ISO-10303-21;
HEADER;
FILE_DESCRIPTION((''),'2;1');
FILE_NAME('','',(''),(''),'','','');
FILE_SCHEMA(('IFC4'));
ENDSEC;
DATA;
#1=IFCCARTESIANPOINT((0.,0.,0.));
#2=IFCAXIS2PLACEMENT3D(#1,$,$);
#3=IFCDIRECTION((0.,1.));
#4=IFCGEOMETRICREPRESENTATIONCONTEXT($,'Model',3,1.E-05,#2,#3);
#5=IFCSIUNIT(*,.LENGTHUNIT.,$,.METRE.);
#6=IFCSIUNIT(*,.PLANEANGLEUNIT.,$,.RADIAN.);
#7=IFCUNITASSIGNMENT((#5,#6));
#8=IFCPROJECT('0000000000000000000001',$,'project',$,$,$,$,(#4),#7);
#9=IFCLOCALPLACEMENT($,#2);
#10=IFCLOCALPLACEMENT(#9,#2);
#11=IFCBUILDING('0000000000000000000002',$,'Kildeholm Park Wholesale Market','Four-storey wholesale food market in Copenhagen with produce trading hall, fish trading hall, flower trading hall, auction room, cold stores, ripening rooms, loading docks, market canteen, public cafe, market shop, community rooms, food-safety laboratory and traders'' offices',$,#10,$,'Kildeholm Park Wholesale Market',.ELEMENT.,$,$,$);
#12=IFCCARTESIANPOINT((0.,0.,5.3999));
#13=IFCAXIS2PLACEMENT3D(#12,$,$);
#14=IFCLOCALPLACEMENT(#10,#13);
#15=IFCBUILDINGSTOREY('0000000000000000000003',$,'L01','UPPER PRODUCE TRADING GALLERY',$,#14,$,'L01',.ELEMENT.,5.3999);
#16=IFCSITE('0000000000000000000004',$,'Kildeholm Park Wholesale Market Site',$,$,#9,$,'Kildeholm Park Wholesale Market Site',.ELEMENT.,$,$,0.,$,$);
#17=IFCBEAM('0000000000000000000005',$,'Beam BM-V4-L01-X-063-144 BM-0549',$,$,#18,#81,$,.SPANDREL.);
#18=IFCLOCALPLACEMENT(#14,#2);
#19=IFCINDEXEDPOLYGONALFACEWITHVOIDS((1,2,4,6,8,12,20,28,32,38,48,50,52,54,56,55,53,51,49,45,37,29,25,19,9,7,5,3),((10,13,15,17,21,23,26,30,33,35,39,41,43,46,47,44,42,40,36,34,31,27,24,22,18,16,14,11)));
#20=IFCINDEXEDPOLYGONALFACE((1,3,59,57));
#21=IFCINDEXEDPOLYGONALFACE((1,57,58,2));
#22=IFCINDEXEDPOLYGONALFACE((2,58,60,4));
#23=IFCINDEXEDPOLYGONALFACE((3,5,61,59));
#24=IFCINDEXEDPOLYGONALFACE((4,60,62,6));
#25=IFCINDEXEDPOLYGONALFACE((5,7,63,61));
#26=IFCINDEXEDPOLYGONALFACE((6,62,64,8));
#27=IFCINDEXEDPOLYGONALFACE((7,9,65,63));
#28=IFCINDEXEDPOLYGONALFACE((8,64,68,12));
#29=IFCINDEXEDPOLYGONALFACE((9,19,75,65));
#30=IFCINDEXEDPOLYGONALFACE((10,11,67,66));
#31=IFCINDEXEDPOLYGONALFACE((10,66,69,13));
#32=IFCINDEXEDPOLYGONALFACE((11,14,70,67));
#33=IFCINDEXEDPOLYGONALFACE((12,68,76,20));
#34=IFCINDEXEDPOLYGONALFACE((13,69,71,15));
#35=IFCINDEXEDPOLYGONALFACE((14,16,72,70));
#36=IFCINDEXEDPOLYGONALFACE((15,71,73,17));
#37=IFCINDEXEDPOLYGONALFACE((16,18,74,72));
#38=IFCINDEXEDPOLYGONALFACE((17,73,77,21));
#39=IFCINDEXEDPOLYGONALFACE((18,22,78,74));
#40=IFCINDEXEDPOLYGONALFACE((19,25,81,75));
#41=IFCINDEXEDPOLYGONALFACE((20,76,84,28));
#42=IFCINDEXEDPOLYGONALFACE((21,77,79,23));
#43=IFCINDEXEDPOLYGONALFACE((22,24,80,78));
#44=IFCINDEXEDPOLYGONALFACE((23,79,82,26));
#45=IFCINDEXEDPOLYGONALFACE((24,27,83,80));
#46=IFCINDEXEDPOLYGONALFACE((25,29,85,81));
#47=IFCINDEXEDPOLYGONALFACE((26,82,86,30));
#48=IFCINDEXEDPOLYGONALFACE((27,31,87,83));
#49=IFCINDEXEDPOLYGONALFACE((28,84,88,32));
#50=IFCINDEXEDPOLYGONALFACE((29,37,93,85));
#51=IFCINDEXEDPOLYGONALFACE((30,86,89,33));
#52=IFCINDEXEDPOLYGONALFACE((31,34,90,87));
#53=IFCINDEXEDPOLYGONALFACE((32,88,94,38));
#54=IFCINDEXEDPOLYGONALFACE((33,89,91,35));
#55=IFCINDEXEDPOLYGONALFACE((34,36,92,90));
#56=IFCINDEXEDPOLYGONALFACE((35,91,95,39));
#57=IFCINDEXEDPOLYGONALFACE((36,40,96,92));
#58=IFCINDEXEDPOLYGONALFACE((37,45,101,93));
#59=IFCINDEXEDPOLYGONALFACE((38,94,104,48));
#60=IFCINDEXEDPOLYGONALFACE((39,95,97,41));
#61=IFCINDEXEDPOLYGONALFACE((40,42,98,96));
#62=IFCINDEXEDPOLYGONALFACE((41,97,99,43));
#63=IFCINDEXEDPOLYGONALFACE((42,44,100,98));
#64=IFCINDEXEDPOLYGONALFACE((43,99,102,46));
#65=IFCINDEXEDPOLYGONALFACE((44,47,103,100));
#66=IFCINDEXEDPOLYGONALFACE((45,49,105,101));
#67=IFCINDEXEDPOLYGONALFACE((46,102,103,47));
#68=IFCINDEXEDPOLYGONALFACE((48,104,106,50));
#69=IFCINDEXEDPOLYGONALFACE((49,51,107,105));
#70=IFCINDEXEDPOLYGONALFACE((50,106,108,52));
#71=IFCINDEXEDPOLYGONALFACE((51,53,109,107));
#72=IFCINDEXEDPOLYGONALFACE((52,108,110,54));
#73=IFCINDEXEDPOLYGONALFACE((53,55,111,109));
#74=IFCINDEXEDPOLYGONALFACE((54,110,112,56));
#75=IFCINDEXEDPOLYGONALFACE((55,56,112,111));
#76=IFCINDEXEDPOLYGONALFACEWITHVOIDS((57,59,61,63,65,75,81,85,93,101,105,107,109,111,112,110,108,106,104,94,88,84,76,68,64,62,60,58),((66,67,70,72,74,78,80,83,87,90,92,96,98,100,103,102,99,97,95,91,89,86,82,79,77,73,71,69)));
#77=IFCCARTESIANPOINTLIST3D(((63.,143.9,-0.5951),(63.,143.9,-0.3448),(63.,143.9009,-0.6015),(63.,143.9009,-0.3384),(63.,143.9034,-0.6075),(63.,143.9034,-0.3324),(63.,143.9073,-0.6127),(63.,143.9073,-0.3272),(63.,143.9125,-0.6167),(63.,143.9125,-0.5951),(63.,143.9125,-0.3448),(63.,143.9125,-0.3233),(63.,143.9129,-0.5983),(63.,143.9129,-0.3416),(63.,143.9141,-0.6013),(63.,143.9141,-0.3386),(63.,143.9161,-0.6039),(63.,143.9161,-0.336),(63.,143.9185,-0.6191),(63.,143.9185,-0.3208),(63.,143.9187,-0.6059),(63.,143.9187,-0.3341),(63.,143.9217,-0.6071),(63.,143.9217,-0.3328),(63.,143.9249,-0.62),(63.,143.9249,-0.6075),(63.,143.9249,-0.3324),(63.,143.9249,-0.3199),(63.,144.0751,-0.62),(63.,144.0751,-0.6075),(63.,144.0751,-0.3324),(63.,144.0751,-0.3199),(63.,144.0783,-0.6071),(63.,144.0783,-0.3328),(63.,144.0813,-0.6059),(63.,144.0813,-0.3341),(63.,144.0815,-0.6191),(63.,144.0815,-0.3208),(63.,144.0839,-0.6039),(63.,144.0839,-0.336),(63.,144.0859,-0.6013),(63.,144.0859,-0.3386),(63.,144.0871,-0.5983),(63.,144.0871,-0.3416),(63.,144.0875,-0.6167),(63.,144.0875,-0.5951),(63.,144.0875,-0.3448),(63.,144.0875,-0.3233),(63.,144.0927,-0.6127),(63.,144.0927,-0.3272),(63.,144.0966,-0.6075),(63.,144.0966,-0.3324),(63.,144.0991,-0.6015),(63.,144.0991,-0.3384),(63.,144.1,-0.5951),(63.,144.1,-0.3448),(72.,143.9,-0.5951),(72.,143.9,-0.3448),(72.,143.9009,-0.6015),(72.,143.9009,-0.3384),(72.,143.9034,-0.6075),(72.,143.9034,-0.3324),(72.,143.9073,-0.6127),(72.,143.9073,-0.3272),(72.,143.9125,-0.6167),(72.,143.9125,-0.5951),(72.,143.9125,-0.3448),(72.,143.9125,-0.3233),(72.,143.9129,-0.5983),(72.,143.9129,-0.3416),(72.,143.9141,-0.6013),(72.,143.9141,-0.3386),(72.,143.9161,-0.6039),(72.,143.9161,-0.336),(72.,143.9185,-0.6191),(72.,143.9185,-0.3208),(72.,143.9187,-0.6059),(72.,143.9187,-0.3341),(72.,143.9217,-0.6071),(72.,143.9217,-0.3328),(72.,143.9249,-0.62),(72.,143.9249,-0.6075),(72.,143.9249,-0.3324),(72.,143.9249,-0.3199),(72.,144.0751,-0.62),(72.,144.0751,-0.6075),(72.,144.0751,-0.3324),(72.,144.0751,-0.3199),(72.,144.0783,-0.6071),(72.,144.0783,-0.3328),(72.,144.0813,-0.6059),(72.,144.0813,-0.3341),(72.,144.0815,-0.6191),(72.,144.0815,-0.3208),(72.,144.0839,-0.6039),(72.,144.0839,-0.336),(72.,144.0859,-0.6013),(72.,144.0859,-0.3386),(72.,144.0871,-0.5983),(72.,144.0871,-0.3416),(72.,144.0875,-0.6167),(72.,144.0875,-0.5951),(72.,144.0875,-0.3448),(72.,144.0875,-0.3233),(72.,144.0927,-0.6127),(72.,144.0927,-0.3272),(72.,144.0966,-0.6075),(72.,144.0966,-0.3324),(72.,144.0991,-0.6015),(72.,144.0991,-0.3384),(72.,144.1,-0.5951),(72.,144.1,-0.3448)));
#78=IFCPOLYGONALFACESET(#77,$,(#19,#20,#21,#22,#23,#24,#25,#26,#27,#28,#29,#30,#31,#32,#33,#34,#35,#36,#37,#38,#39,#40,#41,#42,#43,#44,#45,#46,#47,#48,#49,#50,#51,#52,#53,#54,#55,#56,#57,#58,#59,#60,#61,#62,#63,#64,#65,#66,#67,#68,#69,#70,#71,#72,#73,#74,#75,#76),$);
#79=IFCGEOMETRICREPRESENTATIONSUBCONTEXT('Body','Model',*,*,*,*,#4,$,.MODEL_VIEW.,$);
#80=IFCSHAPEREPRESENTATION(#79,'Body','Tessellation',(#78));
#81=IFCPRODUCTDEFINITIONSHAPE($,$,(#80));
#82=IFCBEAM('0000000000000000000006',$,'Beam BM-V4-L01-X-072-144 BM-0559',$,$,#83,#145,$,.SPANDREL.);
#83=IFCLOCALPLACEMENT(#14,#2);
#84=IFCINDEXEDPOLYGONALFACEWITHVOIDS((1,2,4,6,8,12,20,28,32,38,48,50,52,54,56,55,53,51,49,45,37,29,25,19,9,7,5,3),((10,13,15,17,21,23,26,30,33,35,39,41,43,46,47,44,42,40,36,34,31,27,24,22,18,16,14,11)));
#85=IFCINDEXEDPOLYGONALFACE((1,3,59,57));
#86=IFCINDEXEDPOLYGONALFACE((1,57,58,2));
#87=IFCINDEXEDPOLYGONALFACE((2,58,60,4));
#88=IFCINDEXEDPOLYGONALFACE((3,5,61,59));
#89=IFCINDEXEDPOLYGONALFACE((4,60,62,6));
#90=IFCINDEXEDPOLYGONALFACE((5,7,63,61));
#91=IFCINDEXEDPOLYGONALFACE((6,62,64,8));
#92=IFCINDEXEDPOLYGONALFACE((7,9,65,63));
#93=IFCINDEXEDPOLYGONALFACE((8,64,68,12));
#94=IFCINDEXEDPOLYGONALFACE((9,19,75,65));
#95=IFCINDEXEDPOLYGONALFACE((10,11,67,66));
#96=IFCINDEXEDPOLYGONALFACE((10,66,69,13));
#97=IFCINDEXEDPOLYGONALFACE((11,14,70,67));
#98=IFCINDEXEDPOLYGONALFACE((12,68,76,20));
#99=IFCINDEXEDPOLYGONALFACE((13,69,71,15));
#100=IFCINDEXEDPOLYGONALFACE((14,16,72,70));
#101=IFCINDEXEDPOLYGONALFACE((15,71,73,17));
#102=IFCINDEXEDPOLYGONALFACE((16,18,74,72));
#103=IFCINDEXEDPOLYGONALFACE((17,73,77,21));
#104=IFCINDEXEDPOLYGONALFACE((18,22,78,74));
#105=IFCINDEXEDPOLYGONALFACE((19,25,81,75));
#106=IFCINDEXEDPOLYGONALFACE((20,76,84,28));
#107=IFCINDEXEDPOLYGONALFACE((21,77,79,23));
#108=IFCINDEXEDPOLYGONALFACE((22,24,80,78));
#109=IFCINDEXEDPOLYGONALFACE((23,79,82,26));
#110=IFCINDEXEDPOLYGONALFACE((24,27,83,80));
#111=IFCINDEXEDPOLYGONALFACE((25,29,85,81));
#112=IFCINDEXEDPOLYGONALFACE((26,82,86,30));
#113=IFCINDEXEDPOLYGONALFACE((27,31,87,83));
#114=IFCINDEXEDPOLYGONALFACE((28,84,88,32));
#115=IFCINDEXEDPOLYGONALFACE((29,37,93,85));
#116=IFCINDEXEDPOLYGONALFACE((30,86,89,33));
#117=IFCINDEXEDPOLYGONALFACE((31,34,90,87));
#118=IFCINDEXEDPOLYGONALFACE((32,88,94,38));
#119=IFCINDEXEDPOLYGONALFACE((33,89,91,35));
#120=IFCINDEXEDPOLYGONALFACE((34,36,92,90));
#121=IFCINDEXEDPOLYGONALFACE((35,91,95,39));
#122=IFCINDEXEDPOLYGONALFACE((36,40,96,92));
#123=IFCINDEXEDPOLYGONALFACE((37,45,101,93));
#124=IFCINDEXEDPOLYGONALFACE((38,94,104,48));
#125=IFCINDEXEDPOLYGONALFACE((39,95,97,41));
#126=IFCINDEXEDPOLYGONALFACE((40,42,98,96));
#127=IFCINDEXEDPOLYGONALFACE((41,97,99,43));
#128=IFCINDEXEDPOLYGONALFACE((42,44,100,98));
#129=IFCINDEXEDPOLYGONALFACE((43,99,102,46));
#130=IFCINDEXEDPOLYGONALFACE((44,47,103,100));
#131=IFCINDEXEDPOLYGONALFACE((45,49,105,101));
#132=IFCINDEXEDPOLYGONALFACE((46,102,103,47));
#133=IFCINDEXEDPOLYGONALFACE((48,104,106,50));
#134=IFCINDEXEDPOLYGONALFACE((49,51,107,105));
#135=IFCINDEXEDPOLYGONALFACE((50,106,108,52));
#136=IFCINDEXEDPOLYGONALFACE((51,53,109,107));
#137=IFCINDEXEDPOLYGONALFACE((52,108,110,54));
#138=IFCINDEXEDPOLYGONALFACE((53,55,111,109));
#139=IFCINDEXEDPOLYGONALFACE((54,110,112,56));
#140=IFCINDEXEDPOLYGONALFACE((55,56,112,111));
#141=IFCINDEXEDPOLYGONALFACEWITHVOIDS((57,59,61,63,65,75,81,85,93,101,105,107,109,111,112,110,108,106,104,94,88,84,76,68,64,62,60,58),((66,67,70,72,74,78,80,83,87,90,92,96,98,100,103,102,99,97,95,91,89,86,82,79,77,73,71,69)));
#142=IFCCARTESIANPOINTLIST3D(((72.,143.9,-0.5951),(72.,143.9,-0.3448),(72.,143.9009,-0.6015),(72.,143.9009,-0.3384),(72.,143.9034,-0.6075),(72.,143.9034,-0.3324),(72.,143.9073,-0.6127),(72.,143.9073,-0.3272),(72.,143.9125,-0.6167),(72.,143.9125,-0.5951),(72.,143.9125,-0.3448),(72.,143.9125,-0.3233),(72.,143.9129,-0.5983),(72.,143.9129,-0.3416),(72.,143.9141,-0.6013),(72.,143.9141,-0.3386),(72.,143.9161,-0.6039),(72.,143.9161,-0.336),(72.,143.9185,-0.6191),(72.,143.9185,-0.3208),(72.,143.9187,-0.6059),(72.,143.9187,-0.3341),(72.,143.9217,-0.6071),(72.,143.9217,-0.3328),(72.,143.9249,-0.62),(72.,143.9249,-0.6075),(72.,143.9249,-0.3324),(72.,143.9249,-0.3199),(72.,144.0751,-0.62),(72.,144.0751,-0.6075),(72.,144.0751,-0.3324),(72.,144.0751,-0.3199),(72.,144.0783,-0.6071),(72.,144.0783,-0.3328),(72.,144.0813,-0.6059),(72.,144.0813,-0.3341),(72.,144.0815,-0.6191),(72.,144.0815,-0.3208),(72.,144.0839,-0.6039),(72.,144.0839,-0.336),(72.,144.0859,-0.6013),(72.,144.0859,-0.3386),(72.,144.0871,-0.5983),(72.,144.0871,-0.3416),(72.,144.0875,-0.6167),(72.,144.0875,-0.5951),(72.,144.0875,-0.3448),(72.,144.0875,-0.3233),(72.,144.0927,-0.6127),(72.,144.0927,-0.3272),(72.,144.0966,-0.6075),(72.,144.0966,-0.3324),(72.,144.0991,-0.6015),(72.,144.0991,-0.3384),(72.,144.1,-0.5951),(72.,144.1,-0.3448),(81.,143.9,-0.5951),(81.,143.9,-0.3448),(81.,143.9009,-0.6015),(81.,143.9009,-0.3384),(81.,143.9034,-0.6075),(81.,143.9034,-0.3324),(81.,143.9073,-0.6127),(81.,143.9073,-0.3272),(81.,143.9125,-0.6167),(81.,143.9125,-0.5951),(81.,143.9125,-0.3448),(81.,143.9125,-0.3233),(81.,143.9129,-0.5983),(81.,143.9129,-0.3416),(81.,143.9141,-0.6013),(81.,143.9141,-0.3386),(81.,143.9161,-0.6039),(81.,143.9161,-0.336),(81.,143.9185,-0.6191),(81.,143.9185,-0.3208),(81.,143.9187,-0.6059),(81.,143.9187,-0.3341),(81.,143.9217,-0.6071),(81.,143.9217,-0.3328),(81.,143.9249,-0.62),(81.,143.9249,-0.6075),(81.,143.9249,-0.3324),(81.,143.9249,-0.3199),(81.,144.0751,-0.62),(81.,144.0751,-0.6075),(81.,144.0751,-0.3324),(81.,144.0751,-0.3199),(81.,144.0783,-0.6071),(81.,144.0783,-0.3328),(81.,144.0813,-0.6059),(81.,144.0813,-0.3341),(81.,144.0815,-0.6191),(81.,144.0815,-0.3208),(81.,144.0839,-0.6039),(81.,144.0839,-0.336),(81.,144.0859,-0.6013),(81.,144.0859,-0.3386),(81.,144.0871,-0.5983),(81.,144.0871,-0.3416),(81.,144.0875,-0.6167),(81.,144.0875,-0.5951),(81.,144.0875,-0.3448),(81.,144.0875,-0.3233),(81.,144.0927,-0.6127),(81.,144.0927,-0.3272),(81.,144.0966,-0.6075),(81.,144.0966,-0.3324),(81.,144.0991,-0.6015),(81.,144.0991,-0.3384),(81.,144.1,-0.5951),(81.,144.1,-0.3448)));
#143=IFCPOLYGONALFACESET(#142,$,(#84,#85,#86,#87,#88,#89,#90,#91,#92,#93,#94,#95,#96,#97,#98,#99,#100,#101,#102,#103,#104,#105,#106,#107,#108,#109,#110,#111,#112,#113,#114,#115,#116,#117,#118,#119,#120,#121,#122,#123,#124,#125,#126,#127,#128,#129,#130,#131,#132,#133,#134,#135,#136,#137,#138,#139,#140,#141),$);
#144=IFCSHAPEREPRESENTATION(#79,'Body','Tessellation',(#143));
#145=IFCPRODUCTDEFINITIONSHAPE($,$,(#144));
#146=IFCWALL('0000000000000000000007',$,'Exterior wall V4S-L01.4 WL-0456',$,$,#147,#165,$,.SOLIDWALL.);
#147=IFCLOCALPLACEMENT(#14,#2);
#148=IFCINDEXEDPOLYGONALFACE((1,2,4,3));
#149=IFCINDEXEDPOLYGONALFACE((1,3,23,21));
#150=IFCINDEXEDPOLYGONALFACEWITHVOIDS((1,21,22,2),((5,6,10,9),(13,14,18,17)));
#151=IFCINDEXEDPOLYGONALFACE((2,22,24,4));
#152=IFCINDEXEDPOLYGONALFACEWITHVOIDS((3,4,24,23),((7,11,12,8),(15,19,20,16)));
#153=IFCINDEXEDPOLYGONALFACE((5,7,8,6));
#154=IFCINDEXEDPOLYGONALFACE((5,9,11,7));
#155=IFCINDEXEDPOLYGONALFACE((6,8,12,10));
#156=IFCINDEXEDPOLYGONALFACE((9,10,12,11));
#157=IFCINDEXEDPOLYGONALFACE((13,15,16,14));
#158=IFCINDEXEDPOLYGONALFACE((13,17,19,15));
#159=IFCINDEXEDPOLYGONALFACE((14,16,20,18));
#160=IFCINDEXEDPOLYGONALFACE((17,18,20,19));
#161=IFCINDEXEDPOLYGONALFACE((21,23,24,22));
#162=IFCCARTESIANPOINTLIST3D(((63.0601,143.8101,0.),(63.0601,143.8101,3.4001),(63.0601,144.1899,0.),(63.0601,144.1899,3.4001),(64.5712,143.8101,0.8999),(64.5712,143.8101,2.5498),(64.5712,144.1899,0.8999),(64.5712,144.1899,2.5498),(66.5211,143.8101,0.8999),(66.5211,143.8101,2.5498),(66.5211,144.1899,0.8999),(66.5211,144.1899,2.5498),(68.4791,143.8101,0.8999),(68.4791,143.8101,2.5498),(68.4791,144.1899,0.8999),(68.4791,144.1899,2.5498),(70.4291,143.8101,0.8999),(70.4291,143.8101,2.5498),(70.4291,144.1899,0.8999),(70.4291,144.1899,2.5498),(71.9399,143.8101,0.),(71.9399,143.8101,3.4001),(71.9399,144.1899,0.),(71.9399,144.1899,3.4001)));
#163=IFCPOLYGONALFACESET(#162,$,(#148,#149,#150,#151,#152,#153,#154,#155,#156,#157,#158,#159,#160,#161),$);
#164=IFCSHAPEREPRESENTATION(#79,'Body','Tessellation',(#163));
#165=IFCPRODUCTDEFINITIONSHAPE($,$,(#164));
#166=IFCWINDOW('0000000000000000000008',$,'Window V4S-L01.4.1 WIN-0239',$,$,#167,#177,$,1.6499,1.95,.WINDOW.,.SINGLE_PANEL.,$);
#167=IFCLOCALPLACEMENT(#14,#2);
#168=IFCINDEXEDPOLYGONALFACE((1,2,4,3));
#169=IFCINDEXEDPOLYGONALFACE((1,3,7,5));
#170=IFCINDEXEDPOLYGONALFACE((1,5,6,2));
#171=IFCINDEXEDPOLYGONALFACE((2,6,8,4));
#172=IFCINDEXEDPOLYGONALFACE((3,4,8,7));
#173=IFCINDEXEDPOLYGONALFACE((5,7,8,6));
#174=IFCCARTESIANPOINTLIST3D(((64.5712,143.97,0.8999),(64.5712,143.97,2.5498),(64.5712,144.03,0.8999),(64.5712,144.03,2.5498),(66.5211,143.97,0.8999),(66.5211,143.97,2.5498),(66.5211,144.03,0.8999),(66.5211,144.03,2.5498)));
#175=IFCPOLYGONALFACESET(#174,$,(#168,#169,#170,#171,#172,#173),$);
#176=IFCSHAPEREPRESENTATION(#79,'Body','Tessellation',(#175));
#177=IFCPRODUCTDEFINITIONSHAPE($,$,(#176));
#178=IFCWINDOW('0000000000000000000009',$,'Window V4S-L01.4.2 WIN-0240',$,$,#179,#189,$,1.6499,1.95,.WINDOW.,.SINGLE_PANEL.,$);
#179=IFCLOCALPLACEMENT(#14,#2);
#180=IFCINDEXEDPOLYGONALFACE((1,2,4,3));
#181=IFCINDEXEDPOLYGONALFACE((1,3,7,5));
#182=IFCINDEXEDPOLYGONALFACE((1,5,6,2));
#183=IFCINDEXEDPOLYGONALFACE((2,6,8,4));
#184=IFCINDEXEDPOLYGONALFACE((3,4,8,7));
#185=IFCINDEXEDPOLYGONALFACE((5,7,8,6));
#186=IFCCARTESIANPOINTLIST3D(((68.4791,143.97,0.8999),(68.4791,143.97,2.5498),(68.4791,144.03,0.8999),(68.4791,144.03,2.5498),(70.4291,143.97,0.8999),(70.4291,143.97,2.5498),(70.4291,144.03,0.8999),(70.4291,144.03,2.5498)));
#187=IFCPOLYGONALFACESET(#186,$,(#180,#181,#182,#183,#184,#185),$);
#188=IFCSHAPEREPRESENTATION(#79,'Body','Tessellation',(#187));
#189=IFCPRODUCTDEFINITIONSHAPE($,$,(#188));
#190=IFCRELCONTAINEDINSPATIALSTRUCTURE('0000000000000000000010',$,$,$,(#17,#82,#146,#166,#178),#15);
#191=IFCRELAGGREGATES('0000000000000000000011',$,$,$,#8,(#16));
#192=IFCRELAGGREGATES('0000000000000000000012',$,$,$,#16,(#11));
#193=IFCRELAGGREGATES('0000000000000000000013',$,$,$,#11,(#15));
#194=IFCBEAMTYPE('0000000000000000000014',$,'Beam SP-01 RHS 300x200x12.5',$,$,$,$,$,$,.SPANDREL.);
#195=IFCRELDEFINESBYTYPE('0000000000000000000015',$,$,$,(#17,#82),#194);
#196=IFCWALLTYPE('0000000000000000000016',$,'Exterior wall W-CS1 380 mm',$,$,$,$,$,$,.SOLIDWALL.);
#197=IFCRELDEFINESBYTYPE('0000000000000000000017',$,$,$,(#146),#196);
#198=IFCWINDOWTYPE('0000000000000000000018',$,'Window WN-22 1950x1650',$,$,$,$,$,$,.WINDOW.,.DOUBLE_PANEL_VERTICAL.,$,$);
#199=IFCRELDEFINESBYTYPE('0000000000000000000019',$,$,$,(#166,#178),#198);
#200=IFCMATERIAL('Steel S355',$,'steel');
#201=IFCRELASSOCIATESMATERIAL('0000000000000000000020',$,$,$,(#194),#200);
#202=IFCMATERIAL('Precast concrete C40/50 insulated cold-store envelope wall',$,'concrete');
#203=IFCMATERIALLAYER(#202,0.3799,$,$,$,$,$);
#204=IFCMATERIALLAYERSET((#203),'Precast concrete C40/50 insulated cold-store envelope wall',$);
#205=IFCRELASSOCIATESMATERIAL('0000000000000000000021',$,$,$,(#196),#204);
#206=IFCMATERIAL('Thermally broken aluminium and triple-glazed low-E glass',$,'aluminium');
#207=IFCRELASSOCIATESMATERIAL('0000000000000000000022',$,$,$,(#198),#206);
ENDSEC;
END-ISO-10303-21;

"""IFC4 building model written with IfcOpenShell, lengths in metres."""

from ifc_helpers import new_model, si_unit, direction, frame, frame_2d, origin, origin_2d, place, context, subcontext, project, spatial, rectangle, hollow_rectangle, extrude, material, layer, layer_set, material_profile, profile_set, type_object, element, fill, save


model = new_model("IFC4")

# Units and contexts
model_context = context("Model", 3, precision=1e-05, world=origin(), true_north=direction((0.0, 1.0)))
body_context = subcontext(model_context, "Body", "Model", "MODEL_VIEW")
ifc_project = project(units=[si_unit("LENGTHUNIT", "METRE"), si_unit("PLANEANGLEUNIT", "RADIAN")], contexts=[model_context])

# Site, building, storey
site_placement = place(None, origin())
site = spatial("IfcSite", under=ifc_project, at=site_placement, Name="Kildeholm Park Wholesale Market Site", LongName="Kildeholm Park Wholesale Market Site", CompositionType="ELEMENT", RefElevation=0.0)
building_placement = place(site_placement, origin())
building = spatial("IfcBuilding", under=site, at=building_placement, Name="Kildeholm Park Wholesale Market", Description="Four-storey wholesale food market in Copenhagen with produce trading hall, fish trading hall, flower trading hall, auction room, cold stores, ripening rooms, loading docks, market canteen, public cafe, market shop, community rooms, food-safety laboratory and traders' offices", LongName="Kildeholm Park Wholesale Market", CompositionType="ELEMENT")
storey_placement = place(building_placement, frame((0.0, 0.0, 5.3999)))
storey = spatial("IfcBuildingStorey", under=building, at=storey_placement, Name="L01", Description="UPPER PRODUCE TRADING GALLERY", LongName="L01", CompositionType="ELEMENT", Elevation=5.3999)

# Beams
ifc_material_1 = material(Name="Steel S355", Category="steel")
ifc_material_profile_1 = material_profile(ifc_material_1, hollow_rectangle(XDim=0.2, YDim=0.3, WallThickness=0.0125, InnerFilletRadius=0.0125, OuterFilletRadius=0.0249, at=origin_2d()), Name="RHS 300x200x12.5")
ifc_profile_set_1 = profile_set([ifc_material_profile_1], Name="Steel S355")
beam_type_1 = type_object("IfcBeamType", Name="Beam SP-01 RHS 300x200x12.5", PredefinedType="SPANDREL", material=ifc_profile_set_1)
for number, where, z_axis, x_axis, name in (
    (1, (63.0, 144.0, -0.47), (1.0, 0.0, 0.0), (0.0, 1.0, 0.0), "Beam BM-V4-L01-X-063-144 BM-0549"),
    (2, (72.0, 144.0, -0.47), (1.0, 0.0, 0.0), (0.0, 1.0, 0.0), "Beam BM-V4-L01-X-072-144 BM-0559"),
):
    element("IfcBeam", number, at=place(storey_placement, frame(where, z_axis=z_axis, x_axis=x_axis)), inside=storey, type_object=beam_type_1, Name=name, PredefinedType="SPANDREL", context=body_context, shape_type="SweptSolid", body=[
        extrude(hollow_rectangle(XDim=0.2, YDim=0.3, WallThickness=0.0125, InnerFilletRadius=0.0125, OuterFilletRadius=0.0249, at=origin_2d()), origin(), (0.0, 0.0, 1.0), 9.0),
    ])

# Wall, openings, windows
ifc_material_2 = material(Name="Precast concrete C40/50 insulated cold-store envelope wall", Category="concrete")
ifc_layer_1 = layer(ifc_material_2, 0.3799)
ifc_layer_set_1 = layer_set([ifc_layer_1], Name="Precast concrete C40/50 insulated cold-store envelope wall")
wall_type = type_object("IfcWallType", Name="Exterior wall W-CS1 380 mm", PredefinedType="SOLIDWALL", material=ifc_layer_set_1)
wall_1_placement = place(storey_placement, frame((63.0601, 144.0, 0.0), z_axis=(0.0, 0.0, 1.0), x_axis=(1.0, 0.0, 0.0)))
wall_1 = element("IfcWall", 3, at=wall_1_placement, inside=storey, type_object=wall_type, Name="Exterior wall V4S-L01.4 WL-0456", PredefinedType="SOLIDWALL", context=body_context, shape_type="SweptSolid", body=[
    extrude(rectangle(XDim=8.8799, YDim=0.3799, at=frame_2d((4.4399, 0.0))), origin(), (0.0, 0.0, 1.0), 3.4001),
])
opening_1_placement = place(wall_1_placement, frame((1.511, 0.0, 0.8999)))
opening_1 = element("IfcOpeningElement", 4, at=opening_1_placement, cuts=wall_1, PredefinedType="OPENING", context=body_context, shape_type="SweptSolid", body=[
    extrude(rectangle(XDim=1.95, YDim=1.6499, at=frame_2d((0.9751, 0.825))), frame((0.0, 0.2, 0.0), z_axis=(0.0, -1.0, 0.0), x_axis=(1.0, 0.0, 0.0)), (0.0, 0.0, 1.0), 0.3999),
])
opening_2_placement = place(wall_1_placement, frame((5.4189, 0.0, 0.8999)))
opening_2 = element("IfcOpeningElement", 5, at=opening_2_placement, cuts=wall_1, PredefinedType="OPENING", context=body_context, shape_type="SweptSolid", body=[
    extrude(rectangle(XDim=1.95, YDim=1.6499, at=frame_2d((0.9751, 0.825))), frame((0.0, 0.2, 0.0), z_axis=(0.0, -1.0, 0.0), x_axis=(1.0, 0.0, 0.0)), (0.0, 0.0, 1.0), 0.3999),
])
ifc_material_3 = material(Name="Thermally broken aluminium and triple-glazed low-E glass", Category="aluminium")
window_type_1 = type_object("IfcWindowType", Name="Window WN-22 1950x1650", PartitioningType="DOUBLE_PANEL_VERTICAL", PredefinedType="WINDOW", material=ifc_material_3)
window_1_placement = place(opening_1_placement, origin())
window_1 = element("IfcWindow", 6, at=window_1_placement, inside=storey, type_object=window_type_1, Name="Window V4S-L01.4.1 WIN-0239", OverallHeight=1.6499, OverallWidth=1.95, PartitioningType="SINGLE_PANEL", PredefinedType="WINDOW", context=body_context, shape_type="SweptSolid", body=[
    extrude(rectangle(XDim=1.95, YDim=1.6499, at=frame_2d((0.9751, 0.825))), frame((0.0, 0.03, 0.0), z_axis=(0.0, -1.0, 0.0), x_axis=(1.0, 0.0, 0.0)), (0.0, 0.0, 1.0), 0.0601),
])
fill(opening_1, window_1)
window_2_placement = place(opening_2_placement, origin())
window_2 = element("IfcWindow", 7, at=window_2_placement, inside=storey, type_object=window_type_1, Name="Window V4S-L01.4.2 WIN-0240", OverallHeight=1.6499, OverallWidth=1.95, PartitioningType="SINGLE_PANEL", PredefinedType="WINDOW", context=body_context, shape_type="SweptSolid", body=[
    extrude(rectangle(XDim=1.95, YDim=1.6499, at=frame_2d((0.9751, 0.825))), frame((0.0, 0.03, 0.0), z_axis=(0.0, -1.0, 0.0), x_axis=(1.0, 0.0, 0.0)), (0.0, 0.0, 1.0), 0.0601),
])
fill(opening_2, window_2)

save(model, "model.ifc")
